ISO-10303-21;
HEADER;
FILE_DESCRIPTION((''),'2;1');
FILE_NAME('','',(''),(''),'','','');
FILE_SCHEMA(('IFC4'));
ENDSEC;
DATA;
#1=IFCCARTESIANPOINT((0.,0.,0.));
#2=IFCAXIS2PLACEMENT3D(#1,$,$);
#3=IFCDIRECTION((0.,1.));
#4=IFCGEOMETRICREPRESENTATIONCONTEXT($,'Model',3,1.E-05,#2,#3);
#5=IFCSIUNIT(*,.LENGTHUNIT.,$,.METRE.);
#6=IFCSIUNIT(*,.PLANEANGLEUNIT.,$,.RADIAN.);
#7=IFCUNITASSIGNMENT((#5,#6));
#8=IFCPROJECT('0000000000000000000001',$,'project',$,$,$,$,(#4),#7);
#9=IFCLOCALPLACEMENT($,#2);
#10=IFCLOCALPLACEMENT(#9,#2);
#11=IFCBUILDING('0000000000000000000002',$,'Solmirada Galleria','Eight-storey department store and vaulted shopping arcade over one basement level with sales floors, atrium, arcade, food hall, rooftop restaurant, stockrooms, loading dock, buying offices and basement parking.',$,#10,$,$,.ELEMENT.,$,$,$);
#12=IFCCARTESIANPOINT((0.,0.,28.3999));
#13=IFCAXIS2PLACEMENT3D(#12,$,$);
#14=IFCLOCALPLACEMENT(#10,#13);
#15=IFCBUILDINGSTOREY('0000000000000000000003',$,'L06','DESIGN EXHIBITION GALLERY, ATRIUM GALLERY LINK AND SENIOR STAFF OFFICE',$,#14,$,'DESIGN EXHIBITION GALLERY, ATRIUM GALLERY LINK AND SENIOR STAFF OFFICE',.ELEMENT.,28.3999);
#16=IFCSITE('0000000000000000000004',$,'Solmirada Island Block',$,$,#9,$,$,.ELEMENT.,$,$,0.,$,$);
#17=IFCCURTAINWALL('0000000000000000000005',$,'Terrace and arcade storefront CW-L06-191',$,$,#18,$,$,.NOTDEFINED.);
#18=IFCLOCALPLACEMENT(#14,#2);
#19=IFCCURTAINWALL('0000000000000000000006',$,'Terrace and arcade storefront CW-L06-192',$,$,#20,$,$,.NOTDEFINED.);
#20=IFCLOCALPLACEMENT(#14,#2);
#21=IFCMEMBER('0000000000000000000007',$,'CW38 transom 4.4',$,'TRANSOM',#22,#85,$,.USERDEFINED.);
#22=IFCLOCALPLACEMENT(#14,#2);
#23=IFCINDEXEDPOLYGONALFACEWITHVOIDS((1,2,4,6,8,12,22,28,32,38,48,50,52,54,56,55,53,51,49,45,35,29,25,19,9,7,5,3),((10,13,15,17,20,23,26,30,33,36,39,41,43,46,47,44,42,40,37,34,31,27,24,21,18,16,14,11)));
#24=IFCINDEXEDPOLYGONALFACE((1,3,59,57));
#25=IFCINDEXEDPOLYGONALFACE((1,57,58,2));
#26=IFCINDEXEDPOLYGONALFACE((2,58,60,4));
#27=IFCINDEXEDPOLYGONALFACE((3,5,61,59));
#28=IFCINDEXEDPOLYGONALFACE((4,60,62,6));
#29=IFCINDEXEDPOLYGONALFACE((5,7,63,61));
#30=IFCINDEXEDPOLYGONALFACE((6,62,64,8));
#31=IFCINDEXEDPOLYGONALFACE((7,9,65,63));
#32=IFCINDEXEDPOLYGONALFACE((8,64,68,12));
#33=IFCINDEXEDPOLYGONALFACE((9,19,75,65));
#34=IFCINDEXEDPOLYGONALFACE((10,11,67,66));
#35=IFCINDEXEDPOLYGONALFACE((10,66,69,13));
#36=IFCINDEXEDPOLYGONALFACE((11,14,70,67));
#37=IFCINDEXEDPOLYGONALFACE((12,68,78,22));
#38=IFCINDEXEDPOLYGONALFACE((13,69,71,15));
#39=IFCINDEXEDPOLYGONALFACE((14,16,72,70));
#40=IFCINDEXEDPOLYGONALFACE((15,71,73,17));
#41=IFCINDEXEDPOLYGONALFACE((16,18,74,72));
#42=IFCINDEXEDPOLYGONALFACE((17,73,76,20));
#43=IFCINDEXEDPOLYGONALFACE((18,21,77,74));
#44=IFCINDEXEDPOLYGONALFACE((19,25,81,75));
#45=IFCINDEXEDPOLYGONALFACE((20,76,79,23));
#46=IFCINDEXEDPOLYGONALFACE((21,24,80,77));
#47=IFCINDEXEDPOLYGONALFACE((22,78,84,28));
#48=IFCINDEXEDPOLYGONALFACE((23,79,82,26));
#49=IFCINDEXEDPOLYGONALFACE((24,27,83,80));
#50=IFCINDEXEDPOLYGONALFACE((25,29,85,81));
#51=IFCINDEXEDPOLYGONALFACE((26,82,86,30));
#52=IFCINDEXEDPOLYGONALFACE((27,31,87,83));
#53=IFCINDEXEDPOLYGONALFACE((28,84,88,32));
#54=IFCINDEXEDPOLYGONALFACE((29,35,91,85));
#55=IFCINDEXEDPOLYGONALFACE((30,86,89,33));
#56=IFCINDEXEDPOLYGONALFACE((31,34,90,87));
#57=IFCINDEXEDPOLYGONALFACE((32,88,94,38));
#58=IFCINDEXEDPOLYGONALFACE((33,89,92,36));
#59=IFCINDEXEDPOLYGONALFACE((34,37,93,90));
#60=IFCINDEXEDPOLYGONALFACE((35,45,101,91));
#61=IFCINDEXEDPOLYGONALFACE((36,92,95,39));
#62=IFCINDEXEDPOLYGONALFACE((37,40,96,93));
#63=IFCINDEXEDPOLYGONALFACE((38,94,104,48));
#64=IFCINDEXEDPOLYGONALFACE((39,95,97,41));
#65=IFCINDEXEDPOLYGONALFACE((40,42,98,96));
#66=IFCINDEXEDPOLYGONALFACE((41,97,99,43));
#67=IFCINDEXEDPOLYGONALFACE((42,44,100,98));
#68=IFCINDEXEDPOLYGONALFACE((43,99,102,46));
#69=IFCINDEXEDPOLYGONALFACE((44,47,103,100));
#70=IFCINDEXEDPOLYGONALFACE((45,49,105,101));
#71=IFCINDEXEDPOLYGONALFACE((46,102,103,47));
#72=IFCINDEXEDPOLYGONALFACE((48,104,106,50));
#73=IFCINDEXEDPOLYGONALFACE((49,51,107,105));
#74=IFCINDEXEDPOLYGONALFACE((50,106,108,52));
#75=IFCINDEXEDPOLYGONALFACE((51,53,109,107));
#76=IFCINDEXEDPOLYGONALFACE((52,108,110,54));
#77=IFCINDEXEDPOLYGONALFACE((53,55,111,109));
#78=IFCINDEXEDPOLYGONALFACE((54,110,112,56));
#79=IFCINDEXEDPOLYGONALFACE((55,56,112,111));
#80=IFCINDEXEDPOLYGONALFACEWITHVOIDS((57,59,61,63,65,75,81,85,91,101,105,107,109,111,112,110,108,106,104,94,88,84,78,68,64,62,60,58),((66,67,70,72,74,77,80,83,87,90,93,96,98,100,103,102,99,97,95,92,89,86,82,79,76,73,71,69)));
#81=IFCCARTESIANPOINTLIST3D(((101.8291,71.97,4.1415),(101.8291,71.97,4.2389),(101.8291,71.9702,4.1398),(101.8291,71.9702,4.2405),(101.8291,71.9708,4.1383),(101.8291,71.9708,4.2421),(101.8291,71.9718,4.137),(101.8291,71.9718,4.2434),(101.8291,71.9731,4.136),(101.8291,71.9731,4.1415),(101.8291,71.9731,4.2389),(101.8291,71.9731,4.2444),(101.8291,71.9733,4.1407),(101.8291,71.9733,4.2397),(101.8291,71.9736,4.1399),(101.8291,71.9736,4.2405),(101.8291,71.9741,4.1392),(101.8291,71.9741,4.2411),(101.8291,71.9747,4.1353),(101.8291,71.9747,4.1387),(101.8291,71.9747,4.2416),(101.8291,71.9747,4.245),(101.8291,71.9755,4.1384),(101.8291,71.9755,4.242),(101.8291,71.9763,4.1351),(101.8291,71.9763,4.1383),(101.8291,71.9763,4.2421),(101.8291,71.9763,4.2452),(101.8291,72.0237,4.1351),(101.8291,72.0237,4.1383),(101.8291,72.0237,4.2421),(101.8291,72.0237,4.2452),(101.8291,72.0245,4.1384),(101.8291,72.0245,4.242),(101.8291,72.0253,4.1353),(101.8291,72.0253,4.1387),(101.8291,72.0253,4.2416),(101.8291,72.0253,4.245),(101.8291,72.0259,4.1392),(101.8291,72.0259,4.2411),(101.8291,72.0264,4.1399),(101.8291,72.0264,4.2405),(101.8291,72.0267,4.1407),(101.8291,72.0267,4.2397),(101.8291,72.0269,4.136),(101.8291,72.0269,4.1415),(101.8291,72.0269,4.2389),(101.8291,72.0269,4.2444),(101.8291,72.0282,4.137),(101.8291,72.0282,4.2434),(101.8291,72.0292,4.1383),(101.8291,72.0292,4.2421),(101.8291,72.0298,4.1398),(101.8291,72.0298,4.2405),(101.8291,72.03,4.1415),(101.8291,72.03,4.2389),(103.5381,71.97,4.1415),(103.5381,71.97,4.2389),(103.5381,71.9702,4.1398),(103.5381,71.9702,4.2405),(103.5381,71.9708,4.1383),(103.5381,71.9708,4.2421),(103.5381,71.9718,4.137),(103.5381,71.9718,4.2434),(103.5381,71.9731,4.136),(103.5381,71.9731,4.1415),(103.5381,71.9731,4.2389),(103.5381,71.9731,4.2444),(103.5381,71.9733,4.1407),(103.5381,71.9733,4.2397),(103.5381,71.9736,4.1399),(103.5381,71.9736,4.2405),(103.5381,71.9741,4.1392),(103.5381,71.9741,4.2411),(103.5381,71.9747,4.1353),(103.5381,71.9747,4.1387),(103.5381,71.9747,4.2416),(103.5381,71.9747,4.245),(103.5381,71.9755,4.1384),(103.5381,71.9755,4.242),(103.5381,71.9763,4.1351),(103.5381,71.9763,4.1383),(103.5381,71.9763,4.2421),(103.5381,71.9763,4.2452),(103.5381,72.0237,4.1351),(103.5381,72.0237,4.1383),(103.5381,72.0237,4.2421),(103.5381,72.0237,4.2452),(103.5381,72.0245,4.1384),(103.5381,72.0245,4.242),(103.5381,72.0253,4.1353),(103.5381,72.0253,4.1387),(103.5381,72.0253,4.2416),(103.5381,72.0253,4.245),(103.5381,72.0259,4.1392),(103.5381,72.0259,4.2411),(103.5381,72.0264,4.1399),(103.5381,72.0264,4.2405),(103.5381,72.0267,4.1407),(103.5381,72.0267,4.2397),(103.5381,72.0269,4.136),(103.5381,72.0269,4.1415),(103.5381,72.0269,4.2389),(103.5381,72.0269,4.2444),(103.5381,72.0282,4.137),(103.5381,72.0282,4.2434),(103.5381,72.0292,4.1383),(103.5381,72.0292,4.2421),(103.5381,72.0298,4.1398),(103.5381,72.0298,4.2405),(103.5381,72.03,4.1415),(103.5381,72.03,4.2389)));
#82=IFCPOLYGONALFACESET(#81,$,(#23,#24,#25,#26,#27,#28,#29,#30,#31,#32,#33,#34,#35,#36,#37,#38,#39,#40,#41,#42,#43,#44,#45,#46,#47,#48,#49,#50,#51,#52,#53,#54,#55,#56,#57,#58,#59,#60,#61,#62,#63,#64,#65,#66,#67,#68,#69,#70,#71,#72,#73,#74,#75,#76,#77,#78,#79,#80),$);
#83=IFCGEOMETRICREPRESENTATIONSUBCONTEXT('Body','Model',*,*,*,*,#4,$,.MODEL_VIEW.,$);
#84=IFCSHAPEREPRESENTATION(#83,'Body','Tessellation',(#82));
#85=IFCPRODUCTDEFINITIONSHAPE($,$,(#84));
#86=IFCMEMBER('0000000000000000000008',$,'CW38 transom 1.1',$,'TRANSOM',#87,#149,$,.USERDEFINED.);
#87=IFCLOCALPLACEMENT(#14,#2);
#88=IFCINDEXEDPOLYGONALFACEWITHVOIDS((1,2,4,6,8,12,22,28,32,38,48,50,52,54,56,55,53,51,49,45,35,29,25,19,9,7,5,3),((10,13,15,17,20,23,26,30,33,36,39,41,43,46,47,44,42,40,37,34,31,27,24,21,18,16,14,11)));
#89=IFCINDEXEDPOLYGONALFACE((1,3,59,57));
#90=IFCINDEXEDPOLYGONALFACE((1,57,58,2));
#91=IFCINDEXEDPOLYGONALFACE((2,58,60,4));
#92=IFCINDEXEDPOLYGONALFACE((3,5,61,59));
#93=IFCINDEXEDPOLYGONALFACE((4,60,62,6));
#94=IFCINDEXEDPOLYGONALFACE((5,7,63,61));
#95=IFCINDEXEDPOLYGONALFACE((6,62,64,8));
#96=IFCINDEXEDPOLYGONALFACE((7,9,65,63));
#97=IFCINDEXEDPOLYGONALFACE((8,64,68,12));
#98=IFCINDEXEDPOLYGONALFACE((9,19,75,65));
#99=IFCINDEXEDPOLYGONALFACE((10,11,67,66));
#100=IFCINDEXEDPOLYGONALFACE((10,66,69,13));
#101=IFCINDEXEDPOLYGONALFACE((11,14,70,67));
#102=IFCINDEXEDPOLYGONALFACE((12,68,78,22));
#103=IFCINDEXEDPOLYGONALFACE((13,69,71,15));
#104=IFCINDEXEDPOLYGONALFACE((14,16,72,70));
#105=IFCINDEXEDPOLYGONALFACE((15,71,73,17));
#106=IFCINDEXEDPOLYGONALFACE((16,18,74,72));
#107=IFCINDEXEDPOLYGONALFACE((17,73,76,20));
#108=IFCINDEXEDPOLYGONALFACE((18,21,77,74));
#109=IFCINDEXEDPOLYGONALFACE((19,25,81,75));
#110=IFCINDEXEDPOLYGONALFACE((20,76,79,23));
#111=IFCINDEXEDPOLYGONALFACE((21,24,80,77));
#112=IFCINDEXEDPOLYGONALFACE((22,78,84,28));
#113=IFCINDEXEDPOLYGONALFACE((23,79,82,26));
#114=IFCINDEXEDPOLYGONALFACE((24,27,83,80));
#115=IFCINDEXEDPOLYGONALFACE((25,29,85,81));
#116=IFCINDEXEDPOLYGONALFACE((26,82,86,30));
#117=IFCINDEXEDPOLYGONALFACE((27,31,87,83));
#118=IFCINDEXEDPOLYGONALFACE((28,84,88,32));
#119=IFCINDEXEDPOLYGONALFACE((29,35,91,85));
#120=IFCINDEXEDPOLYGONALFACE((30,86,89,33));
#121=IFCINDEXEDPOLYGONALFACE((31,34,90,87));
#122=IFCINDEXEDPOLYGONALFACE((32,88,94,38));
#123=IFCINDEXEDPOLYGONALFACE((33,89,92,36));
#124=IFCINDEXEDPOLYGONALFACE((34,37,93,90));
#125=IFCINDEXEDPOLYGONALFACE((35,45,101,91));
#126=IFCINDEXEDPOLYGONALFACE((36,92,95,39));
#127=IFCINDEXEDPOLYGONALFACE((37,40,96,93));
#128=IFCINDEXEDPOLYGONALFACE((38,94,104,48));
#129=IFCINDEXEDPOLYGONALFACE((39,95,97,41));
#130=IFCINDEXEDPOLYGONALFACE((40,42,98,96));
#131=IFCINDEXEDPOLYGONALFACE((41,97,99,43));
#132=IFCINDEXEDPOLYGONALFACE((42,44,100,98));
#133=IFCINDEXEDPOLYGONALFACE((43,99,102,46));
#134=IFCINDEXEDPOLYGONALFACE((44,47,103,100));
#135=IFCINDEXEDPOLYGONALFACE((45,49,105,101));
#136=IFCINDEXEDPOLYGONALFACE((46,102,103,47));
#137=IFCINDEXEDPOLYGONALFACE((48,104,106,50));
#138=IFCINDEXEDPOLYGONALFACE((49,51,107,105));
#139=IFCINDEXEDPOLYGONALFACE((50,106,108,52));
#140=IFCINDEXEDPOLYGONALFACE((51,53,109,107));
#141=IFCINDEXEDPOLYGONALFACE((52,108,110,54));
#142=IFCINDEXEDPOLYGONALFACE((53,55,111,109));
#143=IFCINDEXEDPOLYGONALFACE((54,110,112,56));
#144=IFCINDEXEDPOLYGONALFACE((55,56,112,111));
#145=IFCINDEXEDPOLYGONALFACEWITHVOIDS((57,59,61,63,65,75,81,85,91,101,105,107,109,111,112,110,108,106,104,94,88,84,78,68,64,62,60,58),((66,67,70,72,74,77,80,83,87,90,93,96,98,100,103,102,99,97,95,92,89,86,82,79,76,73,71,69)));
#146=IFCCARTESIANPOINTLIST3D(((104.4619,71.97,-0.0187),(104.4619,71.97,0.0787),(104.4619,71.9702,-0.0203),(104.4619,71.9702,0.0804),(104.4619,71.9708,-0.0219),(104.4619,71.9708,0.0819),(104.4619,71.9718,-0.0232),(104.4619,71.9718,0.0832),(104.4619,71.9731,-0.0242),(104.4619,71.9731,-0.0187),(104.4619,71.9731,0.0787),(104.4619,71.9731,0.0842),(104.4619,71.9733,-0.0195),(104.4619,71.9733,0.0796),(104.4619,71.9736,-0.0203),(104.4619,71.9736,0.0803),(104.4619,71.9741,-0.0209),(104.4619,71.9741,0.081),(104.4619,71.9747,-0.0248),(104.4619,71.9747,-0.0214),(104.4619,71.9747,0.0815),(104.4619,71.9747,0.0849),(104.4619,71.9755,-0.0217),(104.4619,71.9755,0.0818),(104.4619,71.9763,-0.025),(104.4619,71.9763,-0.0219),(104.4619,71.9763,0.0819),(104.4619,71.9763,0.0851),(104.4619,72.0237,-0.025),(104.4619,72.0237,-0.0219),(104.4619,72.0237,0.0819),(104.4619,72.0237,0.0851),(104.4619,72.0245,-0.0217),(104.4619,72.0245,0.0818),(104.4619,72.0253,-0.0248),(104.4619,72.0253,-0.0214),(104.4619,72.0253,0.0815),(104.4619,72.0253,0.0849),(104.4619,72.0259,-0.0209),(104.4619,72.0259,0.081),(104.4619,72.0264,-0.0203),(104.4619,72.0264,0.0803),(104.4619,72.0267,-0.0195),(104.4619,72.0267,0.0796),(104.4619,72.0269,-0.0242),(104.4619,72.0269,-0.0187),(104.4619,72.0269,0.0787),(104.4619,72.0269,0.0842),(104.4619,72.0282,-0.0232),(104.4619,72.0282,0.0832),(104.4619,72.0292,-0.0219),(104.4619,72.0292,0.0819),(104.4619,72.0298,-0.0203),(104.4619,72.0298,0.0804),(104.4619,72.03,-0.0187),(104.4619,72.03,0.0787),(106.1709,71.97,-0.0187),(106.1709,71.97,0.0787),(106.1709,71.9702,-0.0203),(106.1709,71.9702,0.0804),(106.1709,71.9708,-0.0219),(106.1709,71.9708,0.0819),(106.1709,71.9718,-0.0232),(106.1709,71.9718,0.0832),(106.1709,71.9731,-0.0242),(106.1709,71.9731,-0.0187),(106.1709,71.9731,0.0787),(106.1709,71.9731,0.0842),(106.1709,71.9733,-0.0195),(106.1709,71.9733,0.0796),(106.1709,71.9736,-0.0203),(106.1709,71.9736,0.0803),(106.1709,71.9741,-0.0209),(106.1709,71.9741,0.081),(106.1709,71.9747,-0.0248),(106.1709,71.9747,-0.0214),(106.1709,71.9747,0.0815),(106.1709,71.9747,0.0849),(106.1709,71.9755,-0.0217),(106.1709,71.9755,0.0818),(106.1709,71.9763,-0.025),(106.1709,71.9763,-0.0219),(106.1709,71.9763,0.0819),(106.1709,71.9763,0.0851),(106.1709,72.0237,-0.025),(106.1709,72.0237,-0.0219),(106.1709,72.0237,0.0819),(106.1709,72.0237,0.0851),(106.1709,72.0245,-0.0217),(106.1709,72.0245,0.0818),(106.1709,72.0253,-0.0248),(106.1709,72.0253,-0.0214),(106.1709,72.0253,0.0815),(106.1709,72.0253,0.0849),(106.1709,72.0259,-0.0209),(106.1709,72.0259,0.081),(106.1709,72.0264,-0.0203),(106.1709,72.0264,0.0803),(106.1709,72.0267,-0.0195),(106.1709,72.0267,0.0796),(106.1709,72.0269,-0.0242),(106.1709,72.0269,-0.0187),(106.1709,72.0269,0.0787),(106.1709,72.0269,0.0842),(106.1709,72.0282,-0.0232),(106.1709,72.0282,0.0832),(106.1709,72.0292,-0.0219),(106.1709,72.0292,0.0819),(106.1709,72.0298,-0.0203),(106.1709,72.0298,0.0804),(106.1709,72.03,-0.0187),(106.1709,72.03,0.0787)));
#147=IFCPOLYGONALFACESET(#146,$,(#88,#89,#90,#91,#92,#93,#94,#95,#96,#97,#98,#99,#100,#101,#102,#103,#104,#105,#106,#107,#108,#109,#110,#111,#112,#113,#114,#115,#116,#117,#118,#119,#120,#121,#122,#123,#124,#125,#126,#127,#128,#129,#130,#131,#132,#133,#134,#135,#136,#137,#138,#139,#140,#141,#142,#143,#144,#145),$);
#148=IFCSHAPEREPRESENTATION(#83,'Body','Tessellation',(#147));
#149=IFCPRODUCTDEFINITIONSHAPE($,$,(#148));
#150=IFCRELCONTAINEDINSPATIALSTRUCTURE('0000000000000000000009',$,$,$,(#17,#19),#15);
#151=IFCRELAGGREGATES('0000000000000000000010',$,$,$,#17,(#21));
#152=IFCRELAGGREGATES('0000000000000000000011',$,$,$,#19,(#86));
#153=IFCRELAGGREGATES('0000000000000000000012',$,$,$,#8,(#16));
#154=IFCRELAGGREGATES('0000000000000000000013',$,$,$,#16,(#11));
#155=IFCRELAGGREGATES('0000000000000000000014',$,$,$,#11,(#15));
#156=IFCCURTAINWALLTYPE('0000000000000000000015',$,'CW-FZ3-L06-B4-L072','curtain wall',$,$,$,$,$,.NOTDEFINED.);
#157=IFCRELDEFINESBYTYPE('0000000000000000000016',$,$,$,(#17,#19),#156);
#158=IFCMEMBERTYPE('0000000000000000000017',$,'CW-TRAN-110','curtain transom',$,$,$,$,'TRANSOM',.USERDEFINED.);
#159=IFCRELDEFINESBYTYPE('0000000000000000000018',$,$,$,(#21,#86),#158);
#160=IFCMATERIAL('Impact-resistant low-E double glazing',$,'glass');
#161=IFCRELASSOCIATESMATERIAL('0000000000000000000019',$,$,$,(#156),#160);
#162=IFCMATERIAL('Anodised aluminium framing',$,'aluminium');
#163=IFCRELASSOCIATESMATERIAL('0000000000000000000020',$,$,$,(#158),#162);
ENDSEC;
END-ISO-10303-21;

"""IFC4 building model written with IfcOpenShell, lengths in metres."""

from ifc_helpers import new_model, si_unit, direction, frame, origin, origin_2d, place, context, subcontext, project, spatial, hollow_rectangle, extrude, material, material_profile, profile_set, type_object, element, aggregate, save


model = new_model("IFC4")

# Units and contexts
model_context = context("Model", 3, precision=1e-05, world=origin(), true_north=direction((0.0, 1.0)))
body_context = subcontext(model_context, "Body", "Model", "MODEL_VIEW")
ifc_project = project(units=[si_unit("LENGTHUNIT", "METRE"), si_unit("PLANEANGLEUNIT", "RADIAN")], contexts=[model_context])

# Site, building, storey
site_placement = place(None, origin())
site = spatial("IfcSite", under=ifc_project, at=site_placement, Name="Solmirada Island Block", CompositionType="ELEMENT", RefElevation=0.0)
building_placement = place(site_placement, origin())
building = spatial("IfcBuilding", under=site, at=building_placement, Name="Solmirada Galleria", Description="Eight-storey department store and vaulted shopping arcade over one basement level with sales floors, atrium, arcade, food hall, rooftop restaurant, stockrooms, loading dock, buying offices and basement parking.", CompositionType="ELEMENT")
storey_placement = place(building_placement, frame((0.0, 0.0, 28.3999)))
storey = spatial("IfcBuildingStorey", under=building, at=storey_placement, Name="L06", Description="DESIGN EXHIBITION GALLERY, ATRIUM GALLERY LINK AND SENIOR STAFF OFFICE", LongName="DESIGN EXHIBITION GALLERY, ATRIUM GALLERY LINK AND SENIOR STAFF OFFICE", CompositionType="ELEMENT", Elevation=28.3999)

# Curtain walls
ifc_material_1 = material(Name="Impact-resistant low-E double glazing", Category="glass")
curtain_wall_type = type_object("IfcCurtainWallType", Name="CW-FZ3-L06-B4-L072", Description="curtain wall", PredefinedType="NOTDEFINED", material=ifc_material_1)
curtain_wall_1_placement = place(storey_placement, origin())
curtain_wall_1 = element("IfcCurtainWall", 1, at=curtain_wall_1_placement, inside=storey, type_object=curtain_wall_type, Name="Terrace and arcade storefront CW-L06-191", PredefinedType="NOTDEFINED")
ifc_material_2 = material(Name="Anodised aluminium framing", Category="aluminium")
curtain_wall_2_placement = place(storey_placement, origin())
curtain_wall_2 = element("IfcCurtainWall", 2, at=curtain_wall_2_placement, inside=storey, type_object=curtain_wall_type, Name="Terrace and arcade storefront CW-L06-192", PredefinedType="NOTDEFINED")

# Members
ifc_material_profile_1 = material_profile(ifc_material_2, hollow_rectangle(XDim=0.0601, YDim=0.1101, WallThickness=0.0032, InnerFilletRadius=0.0032, OuterFilletRadius=0.0063, at=origin_2d()), Name="ALU-TRAN-110X60")
ifc_profile_set_1 = profile_set([ifc_material_profile_1], Name="Anodised aluminium framing")
member_type_1 = type_object("IfcMemberType", Name="CW-TRAN-110", Description="curtain transom", ElementType="TRANSOM", PredefinedType="USERDEFINED", material=ifc_profile_set_1)
member_1_placement = place(storey_placement, frame((101.8291, 72.0, 4.1902), z_axis=(1.0, 0.0, 0.0), x_axis=(0.0, 1.0, 0.0)))
member_1 = element("IfcMember", 3, at=member_1_placement, type_object=member_type_1, Name="CW38 transom 4.4", ObjectType="TRANSOM", PredefinedType="USERDEFINED", context=body_context, shape_type="SweptSolid", body=[
    extrude(hollow_rectangle(XDim=0.0601, YDim=0.1101, WallThickness=0.0032, InnerFilletRadius=0.0032, OuterFilletRadius=0.0063, at=origin_2d()), origin(), (0.0, 0.0, 1.0), 1.709),
])
member_2_placement = place(storey_placement, frame((104.4619, 72.0, 0.03), z_axis=(1.0, 0.0, 0.0), x_axis=(0.0, 1.0, 0.0)))
member_2 = element("IfcMember", 4, at=member_2_placement, type_object=member_type_1, Name="CW38 transom 1.1", ObjectType="TRANSOM", PredefinedType="USERDEFINED", context=body_context, shape_type="SweptSolid", body=[
    extrude(hollow_rectangle(XDim=0.0601, YDim=0.1101, WallThickness=0.0032, InnerFilletRadius=0.0032, OuterFilletRadius=0.0063, at=origin_2d()), origin(), (0.0, 0.0, 1.0), 1.709),
])

aggregate(curtain_wall_1, [member_1])
aggregate(curtain_wall_2, [member_2])

save(model, "model.ifc")
